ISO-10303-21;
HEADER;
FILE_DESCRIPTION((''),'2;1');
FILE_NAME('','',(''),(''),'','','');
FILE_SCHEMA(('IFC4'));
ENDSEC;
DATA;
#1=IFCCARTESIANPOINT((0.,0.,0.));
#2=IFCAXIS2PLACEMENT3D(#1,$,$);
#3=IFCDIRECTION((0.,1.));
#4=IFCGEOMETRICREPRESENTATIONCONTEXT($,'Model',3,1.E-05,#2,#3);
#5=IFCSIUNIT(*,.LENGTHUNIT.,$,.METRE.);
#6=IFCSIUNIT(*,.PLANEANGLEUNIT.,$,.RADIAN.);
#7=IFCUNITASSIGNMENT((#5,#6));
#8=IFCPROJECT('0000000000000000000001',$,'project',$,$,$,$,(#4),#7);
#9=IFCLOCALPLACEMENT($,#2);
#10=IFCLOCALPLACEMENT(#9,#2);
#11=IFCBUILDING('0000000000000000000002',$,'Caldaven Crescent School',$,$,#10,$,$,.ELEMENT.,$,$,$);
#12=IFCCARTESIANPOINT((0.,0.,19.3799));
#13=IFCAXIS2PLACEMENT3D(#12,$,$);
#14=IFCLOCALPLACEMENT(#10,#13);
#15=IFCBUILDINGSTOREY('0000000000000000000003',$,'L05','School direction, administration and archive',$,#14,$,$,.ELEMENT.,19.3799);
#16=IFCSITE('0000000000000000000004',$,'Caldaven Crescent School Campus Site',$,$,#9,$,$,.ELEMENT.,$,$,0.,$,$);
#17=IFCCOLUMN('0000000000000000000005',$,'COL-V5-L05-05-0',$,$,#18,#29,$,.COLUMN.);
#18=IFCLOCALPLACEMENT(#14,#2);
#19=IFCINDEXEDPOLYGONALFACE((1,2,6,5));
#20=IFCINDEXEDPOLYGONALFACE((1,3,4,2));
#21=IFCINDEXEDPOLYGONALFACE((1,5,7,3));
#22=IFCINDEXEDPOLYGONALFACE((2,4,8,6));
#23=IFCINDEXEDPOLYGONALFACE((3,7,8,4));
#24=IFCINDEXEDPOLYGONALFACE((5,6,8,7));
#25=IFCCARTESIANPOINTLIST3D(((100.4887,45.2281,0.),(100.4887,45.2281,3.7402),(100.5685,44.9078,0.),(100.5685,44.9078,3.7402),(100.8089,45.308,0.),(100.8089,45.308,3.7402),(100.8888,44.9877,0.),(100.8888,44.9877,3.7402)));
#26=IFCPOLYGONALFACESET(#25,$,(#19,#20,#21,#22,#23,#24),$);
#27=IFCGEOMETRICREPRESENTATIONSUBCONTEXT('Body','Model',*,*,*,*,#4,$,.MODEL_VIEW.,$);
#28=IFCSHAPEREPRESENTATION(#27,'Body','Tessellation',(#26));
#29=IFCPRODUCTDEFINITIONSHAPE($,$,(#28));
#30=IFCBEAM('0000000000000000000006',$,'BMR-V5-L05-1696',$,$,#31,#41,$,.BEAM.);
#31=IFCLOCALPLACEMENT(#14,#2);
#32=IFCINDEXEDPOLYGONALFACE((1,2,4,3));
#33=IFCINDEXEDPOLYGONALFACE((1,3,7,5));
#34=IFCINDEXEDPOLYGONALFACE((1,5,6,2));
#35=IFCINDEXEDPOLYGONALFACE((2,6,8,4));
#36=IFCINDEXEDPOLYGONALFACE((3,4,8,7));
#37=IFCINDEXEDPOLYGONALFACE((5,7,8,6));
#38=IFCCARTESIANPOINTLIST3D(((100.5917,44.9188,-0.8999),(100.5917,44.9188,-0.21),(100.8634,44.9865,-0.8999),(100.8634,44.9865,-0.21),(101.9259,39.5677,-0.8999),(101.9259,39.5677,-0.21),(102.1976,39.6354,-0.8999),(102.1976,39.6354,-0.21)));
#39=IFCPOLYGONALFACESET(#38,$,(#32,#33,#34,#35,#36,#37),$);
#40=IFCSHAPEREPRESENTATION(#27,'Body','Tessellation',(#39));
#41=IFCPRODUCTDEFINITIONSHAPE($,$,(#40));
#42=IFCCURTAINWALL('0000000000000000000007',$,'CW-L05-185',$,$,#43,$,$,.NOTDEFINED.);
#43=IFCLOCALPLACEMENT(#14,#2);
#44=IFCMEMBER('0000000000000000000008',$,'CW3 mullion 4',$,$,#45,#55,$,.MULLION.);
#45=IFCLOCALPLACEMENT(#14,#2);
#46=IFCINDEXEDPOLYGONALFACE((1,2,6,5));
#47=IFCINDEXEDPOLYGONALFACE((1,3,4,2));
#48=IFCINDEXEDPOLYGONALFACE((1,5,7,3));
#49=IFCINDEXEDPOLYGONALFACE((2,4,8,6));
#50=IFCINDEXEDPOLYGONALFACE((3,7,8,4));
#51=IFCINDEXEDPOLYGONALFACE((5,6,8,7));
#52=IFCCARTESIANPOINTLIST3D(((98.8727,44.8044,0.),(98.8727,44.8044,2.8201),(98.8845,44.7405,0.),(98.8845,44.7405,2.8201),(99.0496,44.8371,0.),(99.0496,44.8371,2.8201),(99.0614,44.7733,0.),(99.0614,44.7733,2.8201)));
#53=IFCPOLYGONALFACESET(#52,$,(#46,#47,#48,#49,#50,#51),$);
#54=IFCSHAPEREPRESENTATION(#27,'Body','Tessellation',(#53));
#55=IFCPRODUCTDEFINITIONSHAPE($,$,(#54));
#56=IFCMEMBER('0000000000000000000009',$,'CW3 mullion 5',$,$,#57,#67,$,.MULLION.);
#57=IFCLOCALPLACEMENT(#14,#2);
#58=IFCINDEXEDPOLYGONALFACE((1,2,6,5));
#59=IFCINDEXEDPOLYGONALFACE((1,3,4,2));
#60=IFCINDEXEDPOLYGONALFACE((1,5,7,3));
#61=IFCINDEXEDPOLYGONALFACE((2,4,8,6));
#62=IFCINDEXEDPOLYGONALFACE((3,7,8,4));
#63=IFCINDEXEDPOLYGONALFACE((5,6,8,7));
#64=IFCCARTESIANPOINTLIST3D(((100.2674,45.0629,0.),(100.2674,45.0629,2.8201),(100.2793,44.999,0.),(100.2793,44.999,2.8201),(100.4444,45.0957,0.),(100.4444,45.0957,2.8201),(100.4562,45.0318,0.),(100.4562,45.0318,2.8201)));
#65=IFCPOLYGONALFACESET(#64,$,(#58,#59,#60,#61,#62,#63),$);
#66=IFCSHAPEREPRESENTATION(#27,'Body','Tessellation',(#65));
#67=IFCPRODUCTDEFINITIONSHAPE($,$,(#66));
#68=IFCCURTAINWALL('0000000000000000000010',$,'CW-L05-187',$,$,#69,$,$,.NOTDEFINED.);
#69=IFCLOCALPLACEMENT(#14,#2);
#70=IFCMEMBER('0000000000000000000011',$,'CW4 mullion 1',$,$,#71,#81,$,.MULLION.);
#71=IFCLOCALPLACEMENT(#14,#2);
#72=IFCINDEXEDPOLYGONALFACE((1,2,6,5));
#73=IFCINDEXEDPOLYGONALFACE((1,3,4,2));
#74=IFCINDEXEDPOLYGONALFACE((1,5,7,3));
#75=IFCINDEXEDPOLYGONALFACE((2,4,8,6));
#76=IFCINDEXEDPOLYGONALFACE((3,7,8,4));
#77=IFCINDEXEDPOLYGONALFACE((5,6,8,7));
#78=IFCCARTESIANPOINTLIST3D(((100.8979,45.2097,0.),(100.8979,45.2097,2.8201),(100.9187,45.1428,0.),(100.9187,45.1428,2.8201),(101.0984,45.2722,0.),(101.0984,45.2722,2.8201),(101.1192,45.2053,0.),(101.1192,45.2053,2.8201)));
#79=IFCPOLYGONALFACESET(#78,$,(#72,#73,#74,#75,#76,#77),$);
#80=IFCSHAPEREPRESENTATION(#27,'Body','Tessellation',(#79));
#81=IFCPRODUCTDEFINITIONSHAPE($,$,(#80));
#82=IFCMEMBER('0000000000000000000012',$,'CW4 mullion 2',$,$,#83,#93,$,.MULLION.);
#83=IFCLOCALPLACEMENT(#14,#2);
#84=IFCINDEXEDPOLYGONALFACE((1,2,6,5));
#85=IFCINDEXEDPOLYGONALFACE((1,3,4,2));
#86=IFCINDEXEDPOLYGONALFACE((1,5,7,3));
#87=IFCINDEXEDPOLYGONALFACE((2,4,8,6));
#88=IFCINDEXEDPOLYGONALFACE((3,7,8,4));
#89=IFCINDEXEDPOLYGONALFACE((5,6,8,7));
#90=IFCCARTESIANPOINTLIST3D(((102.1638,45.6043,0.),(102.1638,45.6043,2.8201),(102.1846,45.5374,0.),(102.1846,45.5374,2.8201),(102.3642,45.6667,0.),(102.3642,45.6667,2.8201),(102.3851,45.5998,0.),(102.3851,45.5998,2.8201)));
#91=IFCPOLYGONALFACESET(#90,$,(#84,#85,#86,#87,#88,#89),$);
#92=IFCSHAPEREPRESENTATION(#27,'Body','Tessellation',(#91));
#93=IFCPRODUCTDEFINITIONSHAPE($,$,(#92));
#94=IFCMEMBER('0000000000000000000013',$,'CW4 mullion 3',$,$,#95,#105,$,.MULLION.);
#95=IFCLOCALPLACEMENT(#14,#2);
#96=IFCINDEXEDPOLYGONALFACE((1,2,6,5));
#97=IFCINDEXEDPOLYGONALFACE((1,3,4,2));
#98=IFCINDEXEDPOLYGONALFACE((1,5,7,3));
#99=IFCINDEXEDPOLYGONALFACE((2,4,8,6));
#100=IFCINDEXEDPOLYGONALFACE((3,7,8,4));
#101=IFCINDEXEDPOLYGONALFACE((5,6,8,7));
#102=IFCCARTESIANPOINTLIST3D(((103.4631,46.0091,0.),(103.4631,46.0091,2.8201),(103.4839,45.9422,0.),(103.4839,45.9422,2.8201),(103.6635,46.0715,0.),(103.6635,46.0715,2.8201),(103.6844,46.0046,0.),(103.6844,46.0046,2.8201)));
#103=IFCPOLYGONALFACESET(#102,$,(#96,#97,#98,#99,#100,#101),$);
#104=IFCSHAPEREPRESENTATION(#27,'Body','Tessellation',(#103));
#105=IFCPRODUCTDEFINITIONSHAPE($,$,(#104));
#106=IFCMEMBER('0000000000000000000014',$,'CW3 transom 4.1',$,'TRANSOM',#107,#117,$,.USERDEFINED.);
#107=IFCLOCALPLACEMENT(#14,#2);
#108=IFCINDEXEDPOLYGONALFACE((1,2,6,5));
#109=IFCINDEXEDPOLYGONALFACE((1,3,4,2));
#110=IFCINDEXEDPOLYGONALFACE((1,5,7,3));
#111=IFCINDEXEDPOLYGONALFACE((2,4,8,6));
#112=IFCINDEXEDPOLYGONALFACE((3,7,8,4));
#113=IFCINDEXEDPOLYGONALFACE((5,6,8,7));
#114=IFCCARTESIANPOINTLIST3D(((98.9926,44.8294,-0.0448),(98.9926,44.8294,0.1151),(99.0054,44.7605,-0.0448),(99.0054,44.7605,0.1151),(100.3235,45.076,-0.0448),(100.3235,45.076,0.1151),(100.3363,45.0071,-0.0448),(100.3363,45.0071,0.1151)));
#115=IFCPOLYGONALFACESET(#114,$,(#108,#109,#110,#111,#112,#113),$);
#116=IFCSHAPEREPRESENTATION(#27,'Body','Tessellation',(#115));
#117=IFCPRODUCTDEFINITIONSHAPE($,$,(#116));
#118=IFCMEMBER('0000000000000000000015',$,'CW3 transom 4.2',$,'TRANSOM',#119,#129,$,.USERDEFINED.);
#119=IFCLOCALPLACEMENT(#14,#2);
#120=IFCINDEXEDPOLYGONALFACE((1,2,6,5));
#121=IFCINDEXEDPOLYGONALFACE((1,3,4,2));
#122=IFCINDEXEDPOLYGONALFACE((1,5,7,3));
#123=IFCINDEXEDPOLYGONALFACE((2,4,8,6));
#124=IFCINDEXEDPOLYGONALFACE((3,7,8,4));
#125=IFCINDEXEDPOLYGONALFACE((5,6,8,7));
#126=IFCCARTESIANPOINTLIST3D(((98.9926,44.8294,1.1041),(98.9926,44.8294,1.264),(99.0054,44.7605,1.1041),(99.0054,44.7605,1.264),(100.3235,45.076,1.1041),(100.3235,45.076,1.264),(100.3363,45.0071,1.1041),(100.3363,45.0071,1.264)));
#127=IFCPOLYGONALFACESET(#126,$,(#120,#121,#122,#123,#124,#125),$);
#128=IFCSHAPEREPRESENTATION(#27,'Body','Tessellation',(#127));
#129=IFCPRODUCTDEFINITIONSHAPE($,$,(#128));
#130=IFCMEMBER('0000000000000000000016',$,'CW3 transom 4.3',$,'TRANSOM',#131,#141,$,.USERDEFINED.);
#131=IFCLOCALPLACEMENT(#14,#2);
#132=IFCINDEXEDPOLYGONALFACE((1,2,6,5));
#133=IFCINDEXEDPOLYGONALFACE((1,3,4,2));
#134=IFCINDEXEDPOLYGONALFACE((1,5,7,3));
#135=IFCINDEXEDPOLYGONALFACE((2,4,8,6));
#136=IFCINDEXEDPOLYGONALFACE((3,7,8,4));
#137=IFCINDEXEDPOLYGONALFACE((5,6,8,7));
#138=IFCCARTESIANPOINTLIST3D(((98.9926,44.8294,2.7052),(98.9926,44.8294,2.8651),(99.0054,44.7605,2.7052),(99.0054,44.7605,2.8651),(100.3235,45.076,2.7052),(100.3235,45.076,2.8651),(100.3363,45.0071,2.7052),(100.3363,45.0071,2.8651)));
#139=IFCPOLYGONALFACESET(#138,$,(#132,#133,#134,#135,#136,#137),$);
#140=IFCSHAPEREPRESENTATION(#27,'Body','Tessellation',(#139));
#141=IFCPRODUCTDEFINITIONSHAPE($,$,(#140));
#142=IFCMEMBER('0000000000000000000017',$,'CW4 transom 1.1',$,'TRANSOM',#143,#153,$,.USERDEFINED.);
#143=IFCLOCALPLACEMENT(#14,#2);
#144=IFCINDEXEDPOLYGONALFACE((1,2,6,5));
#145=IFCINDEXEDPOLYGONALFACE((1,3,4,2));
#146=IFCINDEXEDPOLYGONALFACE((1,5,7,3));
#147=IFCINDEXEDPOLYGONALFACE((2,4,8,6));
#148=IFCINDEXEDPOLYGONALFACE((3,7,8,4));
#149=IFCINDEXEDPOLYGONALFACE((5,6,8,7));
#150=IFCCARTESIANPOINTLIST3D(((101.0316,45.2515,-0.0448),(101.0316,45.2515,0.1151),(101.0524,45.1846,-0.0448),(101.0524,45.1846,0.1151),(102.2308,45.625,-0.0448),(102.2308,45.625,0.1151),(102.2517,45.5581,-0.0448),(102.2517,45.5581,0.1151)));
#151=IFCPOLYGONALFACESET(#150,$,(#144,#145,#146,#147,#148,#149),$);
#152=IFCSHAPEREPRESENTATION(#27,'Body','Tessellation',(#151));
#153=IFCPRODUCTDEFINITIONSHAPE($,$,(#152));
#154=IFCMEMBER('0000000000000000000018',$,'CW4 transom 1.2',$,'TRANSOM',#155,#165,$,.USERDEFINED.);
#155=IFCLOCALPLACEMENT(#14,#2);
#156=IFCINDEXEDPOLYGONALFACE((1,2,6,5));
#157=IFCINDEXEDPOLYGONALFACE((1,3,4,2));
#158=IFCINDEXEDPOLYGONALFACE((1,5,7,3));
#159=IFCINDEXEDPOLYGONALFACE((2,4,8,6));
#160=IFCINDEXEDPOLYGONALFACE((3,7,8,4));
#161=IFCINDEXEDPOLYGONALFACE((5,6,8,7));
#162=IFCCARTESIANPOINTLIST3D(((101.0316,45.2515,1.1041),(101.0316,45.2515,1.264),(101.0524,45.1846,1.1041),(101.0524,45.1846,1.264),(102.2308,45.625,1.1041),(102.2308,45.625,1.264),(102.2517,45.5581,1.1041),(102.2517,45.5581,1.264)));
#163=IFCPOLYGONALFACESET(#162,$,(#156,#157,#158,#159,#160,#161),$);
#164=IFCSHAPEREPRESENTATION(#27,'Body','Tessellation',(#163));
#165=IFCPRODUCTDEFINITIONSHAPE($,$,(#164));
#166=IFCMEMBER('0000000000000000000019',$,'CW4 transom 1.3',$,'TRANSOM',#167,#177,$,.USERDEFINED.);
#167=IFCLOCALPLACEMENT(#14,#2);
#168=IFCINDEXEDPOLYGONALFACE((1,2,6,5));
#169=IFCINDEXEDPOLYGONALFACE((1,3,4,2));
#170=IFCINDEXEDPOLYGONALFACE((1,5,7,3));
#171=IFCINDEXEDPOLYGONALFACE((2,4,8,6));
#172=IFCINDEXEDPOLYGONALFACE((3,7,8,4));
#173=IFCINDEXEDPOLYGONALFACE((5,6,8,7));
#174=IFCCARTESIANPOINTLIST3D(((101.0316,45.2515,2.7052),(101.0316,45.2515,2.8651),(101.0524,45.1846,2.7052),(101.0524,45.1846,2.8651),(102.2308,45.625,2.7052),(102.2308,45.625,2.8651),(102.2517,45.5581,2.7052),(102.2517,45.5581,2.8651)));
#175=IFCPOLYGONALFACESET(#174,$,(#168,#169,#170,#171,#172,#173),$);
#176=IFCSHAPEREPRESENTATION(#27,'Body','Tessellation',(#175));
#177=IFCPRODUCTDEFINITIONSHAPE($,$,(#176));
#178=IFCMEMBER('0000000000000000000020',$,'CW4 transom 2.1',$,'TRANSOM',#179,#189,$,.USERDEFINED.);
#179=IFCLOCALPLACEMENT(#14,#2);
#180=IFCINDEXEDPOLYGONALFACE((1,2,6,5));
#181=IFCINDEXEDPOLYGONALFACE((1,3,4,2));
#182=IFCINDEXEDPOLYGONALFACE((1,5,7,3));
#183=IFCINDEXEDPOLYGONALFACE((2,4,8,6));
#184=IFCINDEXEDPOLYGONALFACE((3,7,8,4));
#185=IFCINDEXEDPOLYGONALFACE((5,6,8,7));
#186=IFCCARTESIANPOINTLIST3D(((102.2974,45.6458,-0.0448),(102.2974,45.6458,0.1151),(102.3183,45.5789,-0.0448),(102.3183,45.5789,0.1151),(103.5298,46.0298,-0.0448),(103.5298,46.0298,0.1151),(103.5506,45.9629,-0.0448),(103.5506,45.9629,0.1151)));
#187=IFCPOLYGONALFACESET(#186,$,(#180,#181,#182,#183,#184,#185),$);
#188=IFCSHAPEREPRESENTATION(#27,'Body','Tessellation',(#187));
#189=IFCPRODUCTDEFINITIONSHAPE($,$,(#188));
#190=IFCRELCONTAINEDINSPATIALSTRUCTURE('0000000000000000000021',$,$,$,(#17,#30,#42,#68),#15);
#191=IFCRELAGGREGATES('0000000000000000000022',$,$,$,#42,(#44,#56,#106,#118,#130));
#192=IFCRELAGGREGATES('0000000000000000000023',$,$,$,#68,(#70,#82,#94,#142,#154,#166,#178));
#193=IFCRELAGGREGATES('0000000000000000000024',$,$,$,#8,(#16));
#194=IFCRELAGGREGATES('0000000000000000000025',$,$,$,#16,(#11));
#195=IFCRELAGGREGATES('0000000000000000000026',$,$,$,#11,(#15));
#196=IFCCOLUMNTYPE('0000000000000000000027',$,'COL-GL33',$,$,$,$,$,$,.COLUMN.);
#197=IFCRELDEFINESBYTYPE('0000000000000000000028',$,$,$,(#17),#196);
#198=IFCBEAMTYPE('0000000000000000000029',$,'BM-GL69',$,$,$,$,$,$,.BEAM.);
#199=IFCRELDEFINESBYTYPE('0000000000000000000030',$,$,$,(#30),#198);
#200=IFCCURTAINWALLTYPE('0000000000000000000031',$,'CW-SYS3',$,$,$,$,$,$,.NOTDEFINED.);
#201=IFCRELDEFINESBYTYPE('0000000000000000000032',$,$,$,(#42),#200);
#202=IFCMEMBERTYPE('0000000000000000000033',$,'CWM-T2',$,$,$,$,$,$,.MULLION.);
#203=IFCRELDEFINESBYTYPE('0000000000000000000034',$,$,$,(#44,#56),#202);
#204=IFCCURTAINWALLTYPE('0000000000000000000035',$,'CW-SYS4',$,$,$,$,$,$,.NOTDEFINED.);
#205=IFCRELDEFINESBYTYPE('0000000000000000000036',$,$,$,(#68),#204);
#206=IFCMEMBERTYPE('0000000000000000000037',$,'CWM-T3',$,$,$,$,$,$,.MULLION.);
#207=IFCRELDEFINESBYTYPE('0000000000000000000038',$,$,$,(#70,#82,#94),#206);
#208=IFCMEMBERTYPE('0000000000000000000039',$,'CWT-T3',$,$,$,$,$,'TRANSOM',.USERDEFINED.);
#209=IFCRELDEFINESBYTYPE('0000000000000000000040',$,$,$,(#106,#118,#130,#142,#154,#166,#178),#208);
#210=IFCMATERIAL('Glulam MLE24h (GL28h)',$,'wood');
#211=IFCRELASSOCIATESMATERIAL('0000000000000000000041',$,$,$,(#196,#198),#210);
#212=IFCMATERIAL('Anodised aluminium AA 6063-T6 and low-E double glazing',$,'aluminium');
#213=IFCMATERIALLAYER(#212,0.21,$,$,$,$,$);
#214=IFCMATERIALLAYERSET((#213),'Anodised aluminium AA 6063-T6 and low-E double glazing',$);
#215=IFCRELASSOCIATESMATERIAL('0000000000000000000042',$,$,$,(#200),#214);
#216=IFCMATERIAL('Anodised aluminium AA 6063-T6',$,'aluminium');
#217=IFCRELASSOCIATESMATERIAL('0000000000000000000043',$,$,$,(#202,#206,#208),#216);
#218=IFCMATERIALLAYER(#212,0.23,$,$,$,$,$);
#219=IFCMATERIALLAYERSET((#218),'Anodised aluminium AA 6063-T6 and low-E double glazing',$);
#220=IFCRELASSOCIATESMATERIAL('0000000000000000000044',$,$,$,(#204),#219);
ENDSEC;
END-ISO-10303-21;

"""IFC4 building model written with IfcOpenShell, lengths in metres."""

from ifc_helpers import new_model, si_unit, direction, frame, origin, origin_2d, place, context, subcontext, project, spatial, rectangle, extrude, material, layer, layer_set, material_profile, profile_set, type_object, element, aggregate, save


model = new_model("IFC4")

# Units and contexts
model_context = context("Model", 3, precision=1e-05, world=origin(), true_north=direction((0.0, 1.0)))
body_context = subcontext(model_context, "Body", "Model", "MODEL_VIEW")
ifc_project = project(units=[si_unit("LENGTHUNIT", "METRE"), si_unit("PLANEANGLEUNIT", "RADIAN")], contexts=[model_context])

# Site, building, storey
site_placement = place(None, origin())
site = spatial("IfcSite", under=ifc_project, at=site_placement, Name="Caldaven Crescent School Campus Site", CompositionType="ELEMENT", RefElevation=0.0)
building_placement = place(site_placement, origin())
building = spatial("IfcBuilding", under=site, at=building_placement, Name="Caldaven Crescent School", CompositionType="ELEMENT")
storey_placement = place(building_placement, frame((0.0, 0.0, 19.3799)))
storey = spatial("IfcBuildingStorey", under=building, at=storey_placement, Name="L05", Description="School direction, administration and archive", CompositionType="ELEMENT", Elevation=19.3799)

# Column
ifc_material_1 = material(Name="Glulam MLE24h (GL28h)", Category="wood")
ifc_material_profile_1 = material_profile(ifc_material_1, rectangle(XDim=0.3301, YDim=0.3301, at=origin_2d()), Name="MLE 330x330")
ifc_profile_set_1 = profile_set([ifc_material_profile_1], Name="Glulam MLE24h (GL28h)")
column_type = type_object("IfcColumnType", Name="COL-GL33", PredefinedType="COLUMN", material=ifc_profile_set_1)
column_placement = place(storey_placement, frame((100.6887, 45.1079, 0.0), z_axis=(0.0, 0.0, 1.0), x_axis=(0.241922, -0.970296, 0.0)))
element("IfcColumn", 1, at=column_placement, inside=storey, type_object=column_type, Name="COL-V5-L05-05-0", PredefinedType="COLUMN", context=body_context, shape_type="SweptSolid", body=[
    extrude(rectangle(XDim=0.3301, YDim=0.3301, at=origin_2d()), origin(), (0.0, 0.0, 1.0), 3.7402),
])

# Beam
ifc_material_profile_2 = material_profile(ifc_material_1, rectangle(XDim=0.28, YDim=0.6899, at=origin_2d()), Name="MLE 280x690")
ifc_profile_set_2 = profile_set([ifc_material_profile_2], Name="Glulam MLE24h (GL28h)")
beam_type_1 = type_object("IfcBeamType", Name="BM-GL69", PredefinedType="BEAM", material=ifc_profile_set_2)
beam_1_placement = place(storey_placement, frame((100.7275, 44.9526, -0.5549), z_axis=(0.241931, -0.970293, 0.0), x_axis=(0.970293, 0.241931, 0.0)))
element("IfcBeam", 2, at=beam_1_placement, inside=storey, type_object=beam_type_1, Name="BMR-V5-L05-1696", PredefinedType="BEAM", context=body_context, shape_type="SweptSolid", body=[
    extrude(rectangle(XDim=0.28, YDim=0.6899, at=origin_2d()), origin(), (0.0, 0.0, 1.0), 5.5149),
])

# Curtain walls, members
ifc_material_2 = material(Name="Anodised aluminium AA 6063-T6 and low-E double glazing", Category="aluminium")
ifc_layer_1 = layer(ifc_material_2, 0.21)
ifc_layer_set_1 = layer_set([ifc_layer_1], Name="Anodised aluminium AA 6063-T6 and low-E double glazing")
curtain_wall_type_1 = type_object("IfcCurtainWallType", Name="CW-SYS3", PredefinedType="NOTDEFINED", material=ifc_layer_set_1)
curtain_wall_1_placement = place(storey_placement, origin())
curtain_wall_1 = element("IfcCurtainWall", 3, at=curtain_wall_1_placement, inside=storey, type_object=curtain_wall_type_1, Name="CW-L05-185", PredefinedType="NOTDEFINED")
ifc_material_3 = material(Name="Anodised aluminium AA 6063-T6", Category="aluminium")
ifc_material_profile_3 = material_profile(ifc_material_3, rectangle(XDim=0.0649, YDim=0.1799, at=origin_2d()), Name="CWM 65x180")
ifc_profile_set_3 = profile_set([ifc_material_profile_3], Name="Anodised aluminium AA 6063-T6")
member_type_1 = type_object("IfcMemberType", Name="CWM-T2", PredefinedType="MULLION", material=ifc_profile_set_3)
member_1_placement = place(storey_placement, frame((98.967, 44.7888, 0.0), z_axis=(0.0, 0.0, 1.0), x_axis=(-0.182236, 0.983255, 0.0)))
member_1 = element("IfcMember", 4, at=member_1_placement, type_object=member_type_1, Name="CW3 mullion 4", PredefinedType="MULLION", context=body_context, shape_type="SweptSolid", body=[
    extrude(rectangle(XDim=0.0649, YDim=0.1799, at=origin_2d()), origin(), (0.0, 0.0, 1.0), 2.8201),
])
member_2_placement = place(storey_placement, frame((100.3618, 45.0474, 0.0), z_axis=(0.0, 0.0, 1.0), x_axis=(-0.182236, 0.983255, 0.0)))
member_2 = element("IfcMember", 5, at=member_2_placement, type_object=member_type_1, Name="CW3 mullion 5", PredefinedType="MULLION", context=body_context, shape_type="SweptSolid", body=[
    extrude(rectangle(XDim=0.0649, YDim=0.1799, at=origin_2d()), origin(), (0.0, 0.0, 1.0), 2.8201),
])
ifc_layer_2 = layer(ifc_material_2, 0.23)
ifc_layer_set_2 = layer_set([ifc_layer_2], Name="Anodised aluminium AA 6063-T6 and low-E double glazing")
curtain_wall_type_2 = type_object("IfcCurtainWallType", Name="CW-SYS4", PredefinedType="NOTDEFINED", material=ifc_layer_set_2)
curtain_wall_2_placement = place(storey_placement, origin())
curtain_wall_2 = element("IfcCurtainWall", 6, at=curtain_wall_2_placement, inside=storey, type_object=curtain_wall_type_2, Name="CW-L05-187", PredefinedType="NOTDEFINED")
ifc_material_profile_4 = material_profile(ifc_material_3, rectangle(XDim=0.0701, YDim=0.21, at=origin_2d()), Name="CWM 70x210")
ifc_profile_set_4 = profile_set([ifc_material_profile_4], Name="Anodised aluminium AA 6063-T6")
member_type_2 = type_object("IfcMemberType", Name="CWM-T3", PredefinedType="MULLION", material=ifc_profile_set_4)
member_3_placement = place(storey_placement, frame((101.0085, 45.2075, 0.0), z_axis=(0.0, 0.0, 1.0), x_axis=(-0.29742, 0.954747, 0.0)))
member_3 = element("IfcMember", 7, at=member_3_placement, type_object=member_type_2, Name="CW4 mullion 1", PredefinedType="MULLION", context=body_context, shape_type="SweptSolid", body=[
    extrude(rectangle(XDim=0.0701, YDim=0.21, at=origin_2d()), origin(), (0.0, 0.0, 1.0), 2.8201),
])
member_4_placement = place(storey_placement, frame((102.2744, 45.6021, 0.0), z_axis=(0.0, 0.0, 1.0), x_axis=(-0.29742, 0.954747, 0.0)))
member_4 = element("IfcMember", 8, at=member_4_placement, type_object=member_type_2, Name="CW4 mullion 2", PredefinedType="MULLION", context=body_context, shape_type="SweptSolid", body=[
    extrude(rectangle(XDim=0.0701, YDim=0.21, at=origin_2d()), origin(), (0.0, 0.0, 1.0), 2.8201),
])
member_5_placement = place(storey_placement, frame((103.5737, 46.0068, 0.0), z_axis=(0.0, 0.0, 1.0), x_axis=(-0.29742, 0.954747, 0.0)))
member_5 = element("IfcMember", 9, at=member_5_placement, type_object=member_type_2, Name="CW4 mullion 3", PredefinedType="MULLION", context=body_context, shape_type="SweptSolid", body=[
    extrude(rectangle(XDim=0.0701, YDim=0.21, at=origin_2d()), origin(), (0.0, 0.0, 1.0), 2.8201),
])

# Members
ifc_material_profile_5 = material_profile(ifc_material_3, rectangle(XDim=0.0701, YDim=0.1599, at=origin_2d()), Name="CWT 70x160")
ifc_profile_set_5 = profile_set([ifc_material_profile_5], Name="Anodised aluminium AA 6063-T6")
member_type_3 = type_object("IfcMemberType", Name="CWT-T3", ElementType="TRANSOM", PredefinedType="USERDEFINED", material=ifc_profile_set_5)
member_6_placement = place(storey_placement, frame((98.999, 44.7949, 0.0352), z_axis=(0.983264, 0.182186, 0.0), x_axis=(-0.182186, 0.983264, 0.0)))
member_6 = element("IfcMember", 10, at=member_6_placement, type_object=member_type_3, Name="CW3 transom 4.1", ObjectType="TRANSOM", PredefinedType="USERDEFINED", context=body_context, shape_type="SweptSolid", body=[
    extrude(rectangle(XDim=0.0701, YDim=0.1599, at=origin_2d()), origin(), (0.0, 0.0, 1.0), 1.3535),
])
member_7_placement = place(storey_placement, frame((98.999, 44.7949, 1.1841), z_axis=(0.983264, 0.182186, 0.0), x_axis=(-0.182186, 0.983264, 0.0)))
member_7 = element("IfcMember", 11, at=member_7_placement, type_object=member_type_3, Name="CW3 transom 4.2", ObjectType="TRANSOM", PredefinedType="USERDEFINED", context=body_context, shape_type="SweptSolid", body=[
    extrude(rectangle(XDim=0.0701, YDim=0.1599, at=origin_2d()), origin(), (0.0, 0.0, 1.0), 1.3535),
])
member_8_placement = place(storey_placement, frame((98.999, 44.7949, 2.7852), z_axis=(0.983264, 0.182186, 0.0), x_axis=(-0.182186, 0.983264, 0.0)))
member_8 = element("IfcMember", 12, at=member_8_placement, type_object=member_type_3, Name="CW3 transom 4.3", ObjectType="TRANSOM", PredefinedType="USERDEFINED", context=body_context, shape_type="SweptSolid", body=[
    extrude(rectangle(XDim=0.0701, YDim=0.1599, at=origin_2d()), origin(), (0.0, 0.0, 1.0), 1.3535),
])
member_9_placement = place(storey_placement, frame((101.042, 45.218, 0.0352), z_axis=(0.954756, 0.297389, 0.0), x_axis=(-0.297389, 0.954756, 0.0)))
member_9 = element("IfcMember", 13, at=member_9_placement, type_object=member_type_3, Name="CW4 transom 1.1", ObjectType="TRANSOM", PredefinedType="USERDEFINED", context=body_context, shape_type="SweptSolid", body=[
    extrude(rectangle(XDim=0.0701, YDim=0.1599, at=origin_2d()), origin(), (0.0, 0.0, 1.0), 1.2561),
])
member_10_placement = place(storey_placement, frame((101.042, 45.218, 1.1841), z_axis=(0.954756, 0.297389, 0.0), x_axis=(-0.297389, 0.954756, 0.0)))
member_10 = element("IfcMember", 14, at=member_10_placement, type_object=member_type_3, Name="CW4 transom 1.2", ObjectType="TRANSOM", PredefinedType="USERDEFINED", context=body_context, shape_type="SweptSolid", body=[
    extrude(rectangle(XDim=0.0701, YDim=0.1599, at=origin_2d()), origin(), (0.0, 0.0, 1.0), 1.2561),
])
member_11_placement = place(storey_placement, frame((101.042, 45.218, 2.7852), z_axis=(0.954756, 0.297389, 0.0), x_axis=(-0.297389, 0.954756, 0.0)))
member_11 = element("IfcMember", 15, at=member_11_placement, type_object=member_type_3, Name="CW4 transom 1.3", ObjectType="TRANSOM", PredefinedType="USERDEFINED", context=body_context, shape_type="SweptSolid", body=[
    extrude(rectangle(XDim=0.0701, YDim=0.1599, at=origin_2d()), origin(), (0.0, 0.0, 1.0), 1.2561),
])
member_12_placement = place(storey_placement, frame((102.3079, 45.6123, 0.0352), z_axis=(0.954722, 0.2975, 0.0), x_axis=(-0.2975, 0.954722, 0.0)))
member_12 = element("IfcMember", 16, at=member_12_placement, type_object=member_type_3, Name="CW4 transom 2.1", ObjectType="TRANSOM", PredefinedType="USERDEFINED", context=body_context, shape_type="SweptSolid", body=[
    extrude(rectangle(XDim=0.0701, YDim=0.1599, at=origin_2d()), origin(), (0.0, 0.0, 1.0), 1.2908),
])

aggregate(curtain_wall_1, [member_1, member_2, member_6, member_7, member_8])
aggregate(curtain_wall_2, [member_3, member_4, member_5, member_9, member_10, member_11, member_12])

save(model, "model.ifc")
